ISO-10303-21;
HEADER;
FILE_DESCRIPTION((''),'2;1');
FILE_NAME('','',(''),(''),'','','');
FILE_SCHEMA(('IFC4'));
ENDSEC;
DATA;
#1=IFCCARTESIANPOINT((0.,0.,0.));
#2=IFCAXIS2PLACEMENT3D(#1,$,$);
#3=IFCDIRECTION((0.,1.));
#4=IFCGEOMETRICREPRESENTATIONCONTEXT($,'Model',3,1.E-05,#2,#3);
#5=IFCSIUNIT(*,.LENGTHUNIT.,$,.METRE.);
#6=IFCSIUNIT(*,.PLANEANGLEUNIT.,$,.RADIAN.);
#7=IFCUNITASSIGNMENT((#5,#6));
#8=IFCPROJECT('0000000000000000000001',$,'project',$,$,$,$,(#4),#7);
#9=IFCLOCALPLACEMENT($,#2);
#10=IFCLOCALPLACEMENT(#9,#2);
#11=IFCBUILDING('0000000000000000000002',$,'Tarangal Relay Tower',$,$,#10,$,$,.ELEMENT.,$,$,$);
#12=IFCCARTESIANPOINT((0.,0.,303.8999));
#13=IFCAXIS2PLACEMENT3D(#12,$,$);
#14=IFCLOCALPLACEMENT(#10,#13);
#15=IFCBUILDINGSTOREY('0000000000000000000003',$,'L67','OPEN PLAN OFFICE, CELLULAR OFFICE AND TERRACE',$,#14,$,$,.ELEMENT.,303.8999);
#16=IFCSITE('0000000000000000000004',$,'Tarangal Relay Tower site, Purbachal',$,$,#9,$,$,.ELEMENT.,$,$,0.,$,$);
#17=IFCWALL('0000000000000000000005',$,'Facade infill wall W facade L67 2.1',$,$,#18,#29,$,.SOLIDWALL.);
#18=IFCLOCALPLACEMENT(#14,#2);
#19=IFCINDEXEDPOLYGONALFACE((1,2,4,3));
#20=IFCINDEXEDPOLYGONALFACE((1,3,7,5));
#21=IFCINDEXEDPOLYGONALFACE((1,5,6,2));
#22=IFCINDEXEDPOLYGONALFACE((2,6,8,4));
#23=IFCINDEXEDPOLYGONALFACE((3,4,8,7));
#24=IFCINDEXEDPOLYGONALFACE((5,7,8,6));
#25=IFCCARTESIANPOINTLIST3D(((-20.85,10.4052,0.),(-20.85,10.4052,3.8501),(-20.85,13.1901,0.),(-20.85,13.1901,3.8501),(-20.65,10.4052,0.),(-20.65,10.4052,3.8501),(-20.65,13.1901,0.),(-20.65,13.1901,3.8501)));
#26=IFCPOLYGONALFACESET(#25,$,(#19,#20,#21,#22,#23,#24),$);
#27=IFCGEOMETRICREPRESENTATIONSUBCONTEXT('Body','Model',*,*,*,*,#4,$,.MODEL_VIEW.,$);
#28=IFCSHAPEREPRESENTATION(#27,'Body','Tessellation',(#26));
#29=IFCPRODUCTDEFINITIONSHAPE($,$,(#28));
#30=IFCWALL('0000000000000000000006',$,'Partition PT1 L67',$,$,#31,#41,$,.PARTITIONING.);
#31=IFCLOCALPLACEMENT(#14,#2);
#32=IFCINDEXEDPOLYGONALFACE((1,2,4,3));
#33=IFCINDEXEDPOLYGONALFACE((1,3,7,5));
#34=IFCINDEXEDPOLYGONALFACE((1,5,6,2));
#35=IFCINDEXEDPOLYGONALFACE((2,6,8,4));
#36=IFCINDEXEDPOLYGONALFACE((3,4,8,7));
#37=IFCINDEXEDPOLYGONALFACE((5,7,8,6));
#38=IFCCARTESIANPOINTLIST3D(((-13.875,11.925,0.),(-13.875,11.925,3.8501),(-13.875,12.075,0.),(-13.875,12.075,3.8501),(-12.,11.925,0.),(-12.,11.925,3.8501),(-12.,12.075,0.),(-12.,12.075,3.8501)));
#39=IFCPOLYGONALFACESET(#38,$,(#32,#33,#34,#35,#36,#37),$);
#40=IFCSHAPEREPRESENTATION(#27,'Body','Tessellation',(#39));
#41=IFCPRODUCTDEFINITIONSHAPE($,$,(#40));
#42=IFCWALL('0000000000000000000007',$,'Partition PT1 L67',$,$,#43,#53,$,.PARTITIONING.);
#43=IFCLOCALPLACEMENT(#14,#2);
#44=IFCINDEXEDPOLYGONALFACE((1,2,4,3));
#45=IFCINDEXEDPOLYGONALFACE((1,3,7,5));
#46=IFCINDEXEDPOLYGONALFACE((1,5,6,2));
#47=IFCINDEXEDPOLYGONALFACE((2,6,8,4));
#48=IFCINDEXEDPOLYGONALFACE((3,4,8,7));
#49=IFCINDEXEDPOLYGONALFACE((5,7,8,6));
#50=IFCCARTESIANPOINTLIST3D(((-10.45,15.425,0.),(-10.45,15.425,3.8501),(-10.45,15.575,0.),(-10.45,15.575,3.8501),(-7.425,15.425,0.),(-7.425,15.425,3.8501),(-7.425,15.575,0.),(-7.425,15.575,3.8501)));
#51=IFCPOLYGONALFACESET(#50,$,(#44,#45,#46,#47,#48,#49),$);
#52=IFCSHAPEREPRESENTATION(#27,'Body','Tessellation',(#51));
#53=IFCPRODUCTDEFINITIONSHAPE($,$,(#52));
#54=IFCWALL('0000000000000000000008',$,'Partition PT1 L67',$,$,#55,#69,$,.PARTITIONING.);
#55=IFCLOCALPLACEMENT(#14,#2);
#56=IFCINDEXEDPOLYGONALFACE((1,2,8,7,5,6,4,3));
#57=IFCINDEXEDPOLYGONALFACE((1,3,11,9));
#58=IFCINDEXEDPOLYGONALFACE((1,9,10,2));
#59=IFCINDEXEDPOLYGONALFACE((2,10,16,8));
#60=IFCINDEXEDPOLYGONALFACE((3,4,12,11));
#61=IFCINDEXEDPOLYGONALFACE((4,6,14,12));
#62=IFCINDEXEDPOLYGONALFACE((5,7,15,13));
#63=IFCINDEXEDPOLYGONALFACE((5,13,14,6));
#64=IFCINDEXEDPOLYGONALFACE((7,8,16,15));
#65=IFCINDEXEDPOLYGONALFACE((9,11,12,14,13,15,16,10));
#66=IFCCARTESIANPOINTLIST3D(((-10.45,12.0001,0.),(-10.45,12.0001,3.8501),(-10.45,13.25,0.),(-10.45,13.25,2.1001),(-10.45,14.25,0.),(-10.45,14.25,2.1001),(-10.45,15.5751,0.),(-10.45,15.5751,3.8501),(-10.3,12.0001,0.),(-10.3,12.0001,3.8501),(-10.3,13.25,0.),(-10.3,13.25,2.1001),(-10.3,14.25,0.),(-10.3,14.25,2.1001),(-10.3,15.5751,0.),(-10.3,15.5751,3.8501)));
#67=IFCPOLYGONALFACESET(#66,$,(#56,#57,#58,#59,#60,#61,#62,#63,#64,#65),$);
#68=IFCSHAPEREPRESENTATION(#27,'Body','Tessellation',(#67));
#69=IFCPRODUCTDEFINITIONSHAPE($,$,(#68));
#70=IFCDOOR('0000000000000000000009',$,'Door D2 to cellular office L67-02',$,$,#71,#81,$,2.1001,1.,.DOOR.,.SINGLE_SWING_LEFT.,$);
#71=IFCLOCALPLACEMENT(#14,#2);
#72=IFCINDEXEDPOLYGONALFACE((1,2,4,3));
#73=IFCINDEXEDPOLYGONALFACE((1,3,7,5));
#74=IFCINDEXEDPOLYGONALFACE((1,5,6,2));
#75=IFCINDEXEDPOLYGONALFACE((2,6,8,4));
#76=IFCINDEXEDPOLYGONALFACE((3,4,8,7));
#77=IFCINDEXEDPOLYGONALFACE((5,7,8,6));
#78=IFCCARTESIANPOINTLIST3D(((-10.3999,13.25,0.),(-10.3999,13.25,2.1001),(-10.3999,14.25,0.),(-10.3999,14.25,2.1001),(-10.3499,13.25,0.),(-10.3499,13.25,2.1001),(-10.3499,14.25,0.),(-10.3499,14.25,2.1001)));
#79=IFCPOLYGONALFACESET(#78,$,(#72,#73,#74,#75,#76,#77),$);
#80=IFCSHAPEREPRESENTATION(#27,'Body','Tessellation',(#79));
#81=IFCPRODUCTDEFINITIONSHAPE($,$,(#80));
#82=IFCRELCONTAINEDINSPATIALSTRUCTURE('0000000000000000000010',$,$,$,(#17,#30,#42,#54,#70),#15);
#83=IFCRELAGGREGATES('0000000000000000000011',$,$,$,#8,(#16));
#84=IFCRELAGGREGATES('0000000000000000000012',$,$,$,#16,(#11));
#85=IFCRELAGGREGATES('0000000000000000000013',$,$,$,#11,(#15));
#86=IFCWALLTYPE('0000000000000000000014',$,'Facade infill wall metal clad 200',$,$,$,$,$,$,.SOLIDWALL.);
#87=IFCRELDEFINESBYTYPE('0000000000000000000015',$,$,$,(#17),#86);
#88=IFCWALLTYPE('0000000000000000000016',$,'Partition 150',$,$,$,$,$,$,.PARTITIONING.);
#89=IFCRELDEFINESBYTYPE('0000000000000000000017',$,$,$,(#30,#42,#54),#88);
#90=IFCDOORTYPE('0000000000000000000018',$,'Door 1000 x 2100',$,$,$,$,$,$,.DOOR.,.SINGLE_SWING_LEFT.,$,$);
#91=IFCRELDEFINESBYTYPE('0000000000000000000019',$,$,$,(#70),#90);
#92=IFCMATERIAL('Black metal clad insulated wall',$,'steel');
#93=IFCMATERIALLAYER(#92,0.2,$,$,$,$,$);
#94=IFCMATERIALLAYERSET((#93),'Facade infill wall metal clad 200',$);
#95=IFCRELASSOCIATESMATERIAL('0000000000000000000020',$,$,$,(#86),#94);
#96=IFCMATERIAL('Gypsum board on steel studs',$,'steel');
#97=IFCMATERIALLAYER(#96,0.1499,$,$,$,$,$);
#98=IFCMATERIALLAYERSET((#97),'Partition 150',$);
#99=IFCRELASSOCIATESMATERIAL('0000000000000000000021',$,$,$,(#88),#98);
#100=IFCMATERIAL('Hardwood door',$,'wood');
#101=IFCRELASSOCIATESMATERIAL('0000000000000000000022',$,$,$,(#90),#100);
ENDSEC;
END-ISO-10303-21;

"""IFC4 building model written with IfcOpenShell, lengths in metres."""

from ifc_helpers import new_model, si_unit, direction, frame, frame_2d, origin, place, context, subcontext, project, spatial, rectangle, extrude, material, layer, layer_set, type_object, element, fill, save


model = new_model("IFC4")

# Units and contexts
model_context = context("Model", 3, precision=1e-05, world=origin(), true_north=direction((0.0, 1.0)))
body_context = subcontext(model_context, "Body", "Model", "MODEL_VIEW")
ifc_project = project(units=[si_unit("LENGTHUNIT", "METRE"), si_unit("PLANEANGLEUNIT", "RADIAN")], contexts=[model_context])

# Site, building, storey
site_placement = place(None, origin())
site = spatial("IfcSite", under=ifc_project, at=site_placement, Name="Tarangal Relay Tower site, Purbachal", CompositionType="ELEMENT", RefElevation=0.0)
building_placement = place(site_placement, origin())
building = spatial("IfcBuilding", under=site, at=building_placement, Name="Tarangal Relay Tower", CompositionType="ELEMENT")
storey_placement = place(building_placement, frame((0.0, 0.0, 303.8999)))
storey = spatial("IfcBuildingStorey", under=building, at=storey_placement, Name="L67", Description="OPEN PLAN OFFICE, CELLULAR OFFICE AND TERRACE", CompositionType="ELEMENT", Elevation=303.8999)

# Shared definitions
ifc_material_1 = material(Name="Black metal clad insulated wall", Category="steel")

# Walls
ifc_layer_1 = layer(ifc_material_1, 0.2)
ifc_layer_set_1 = layer_set([ifc_layer_1], Name="Facade infill wall metal clad 200")
wall_type_1 = type_object("IfcWallType", Name="Facade infill wall metal clad 200", PredefinedType="SOLIDWALL", material=ifc_layer_set_1)
for number, where, z_axis, x_axis, name in (
    (1, (-20.75, 10.405, 0.0), (0.0, 0.0, 1.0), (0.0, 1.0, 0.0), "Facade infill wall W facade L67 2.1"),
):
    element("IfcWall", number, at=place(storey_placement, frame(where, z_axis=z_axis, x_axis=x_axis)), inside=storey, type_object=wall_type_1, Name=name, PredefinedType="SOLIDWALL", context=body_context, shape_type="SweptSolid", body=[
        extrude(rectangle(XDim=2.7849, YDim=0.2, at=frame_2d((1.3926, 0.0))), origin(), (0.0, 0.0, 1.0), 3.8501),
    ])
ifc_material_2 = material(Name="Gypsum board on steel studs", Category="steel")
ifc_layer_2 = layer(ifc_material_2, 0.1499)
ifc_layer_set_2 = layer_set([ifc_layer_2], Name="Partition 150")
wall_type_2 = type_object("IfcWallType", Name="Partition 150", PredefinedType="PARTITIONING", material=ifc_layer_set_2)
wall_1_placement = place(storey_placement, frame((-13.875, 12.0, 0.0), z_axis=(0.0, 0.0, 1.0), x_axis=(1.0, 0.0, 0.0)))
element("IfcWall", 2, at=wall_1_placement, inside=storey, type_object=wall_type_2, Name="Partition PT1 L67", PredefinedType="PARTITIONING", context=body_context, shape_type="SweptSolid", body=[
    extrude(rectangle(XDim=1.875, YDim=0.1499, at=frame_2d((0.9375, 0.0))), origin(), (0.0, 0.0, 1.0), 3.8501),
])
wall_2_placement = place(storey_placement, frame((-10.45, 15.5, 0.0), z_axis=(0.0, 0.0, 1.0), x_axis=(1.0, 0.0, 0.0)))
element("IfcWall", 3, at=wall_2_placement, inside=storey, type_object=wall_type_2, Name="Partition PT1 L67", PredefinedType="PARTITIONING", context=body_context, shape_type="SweptSolid", body=[
    extrude(rectangle(XDim=3.0249, YDim=0.1499, at=frame_2d((1.5125, 0.0))), origin(), (0.0, 0.0, 1.0), 3.8501),
])

# Wall, opening, door
wall_3_placement = place(storey_placement, frame((-10.375, 12.0, 0.0), z_axis=(0.0, 0.0, 1.0), x_axis=(0.0, 1.0, 0.0)))
wall_3 = element("IfcWall", 4, at=wall_3_placement, inside=storey, type_object=wall_type_2, Name="Partition PT1 L67", PredefinedType="PARTITIONING", context=body_context, shape_type="SweptSolid", body=[
    extrude(rectangle(XDim=3.575, YDim=0.1499, at=frame_2d((1.7876, 0.0))), origin(), (0.0, 0.0, 1.0), 3.8501),
])
opening_1_placement = place(wall_3_placement, frame((1.25, 0.0, 0.0)))
opening_1 = element("IfcOpeningElement", 5, at=opening_1_placement, cuts=wall_3, PredefinedType="OPENING", context=body_context, shape_type="SweptSolid", body=[
    extrude(rectangle(XDim=1.0, YDim=2.1001, at=frame_2d((0.5, 1.05))), frame((0.0, 0.085, 0.0), z_axis=(0.0, -1.0, 0.0), x_axis=(1.0, 0.0, 0.0)), (0.0, 0.0, 1.0), 0.1699),
])
ifc_material_3 = material(Name="Hardwood door", Category="wood")
door_type_1 = type_object("IfcDoorType", Name="Door 1000 x 2100", OperationType="SINGLE_SWING_LEFT", PredefinedType="DOOR", material=ifc_material_3)
door_1_placement = place(opening_1_placement, origin())
door_1 = element("IfcDoor", 6, at=door_1_placement, inside=storey, type_object=door_type_1, Name="Door D2 to cellular office L67-02", OperationType="SINGLE_SWING_LEFT", OverallHeight=2.1001, OverallWidth=1.0, PredefinedType="DOOR", context=body_context, shape_type="SweptSolid", body=[
    extrude(rectangle(XDim=1.0, YDim=2.1001, at=frame_2d((0.5, 1.05))), frame((0.0, 0.0249, 0.0), z_axis=(0.0, -1.0, 0.0), x_axis=(1.0, 0.0, 0.0)), (0.0, 0.0, 1.0), 0.05),
])
fill(opening_1, door_1)

save(model, "model.ifc")
